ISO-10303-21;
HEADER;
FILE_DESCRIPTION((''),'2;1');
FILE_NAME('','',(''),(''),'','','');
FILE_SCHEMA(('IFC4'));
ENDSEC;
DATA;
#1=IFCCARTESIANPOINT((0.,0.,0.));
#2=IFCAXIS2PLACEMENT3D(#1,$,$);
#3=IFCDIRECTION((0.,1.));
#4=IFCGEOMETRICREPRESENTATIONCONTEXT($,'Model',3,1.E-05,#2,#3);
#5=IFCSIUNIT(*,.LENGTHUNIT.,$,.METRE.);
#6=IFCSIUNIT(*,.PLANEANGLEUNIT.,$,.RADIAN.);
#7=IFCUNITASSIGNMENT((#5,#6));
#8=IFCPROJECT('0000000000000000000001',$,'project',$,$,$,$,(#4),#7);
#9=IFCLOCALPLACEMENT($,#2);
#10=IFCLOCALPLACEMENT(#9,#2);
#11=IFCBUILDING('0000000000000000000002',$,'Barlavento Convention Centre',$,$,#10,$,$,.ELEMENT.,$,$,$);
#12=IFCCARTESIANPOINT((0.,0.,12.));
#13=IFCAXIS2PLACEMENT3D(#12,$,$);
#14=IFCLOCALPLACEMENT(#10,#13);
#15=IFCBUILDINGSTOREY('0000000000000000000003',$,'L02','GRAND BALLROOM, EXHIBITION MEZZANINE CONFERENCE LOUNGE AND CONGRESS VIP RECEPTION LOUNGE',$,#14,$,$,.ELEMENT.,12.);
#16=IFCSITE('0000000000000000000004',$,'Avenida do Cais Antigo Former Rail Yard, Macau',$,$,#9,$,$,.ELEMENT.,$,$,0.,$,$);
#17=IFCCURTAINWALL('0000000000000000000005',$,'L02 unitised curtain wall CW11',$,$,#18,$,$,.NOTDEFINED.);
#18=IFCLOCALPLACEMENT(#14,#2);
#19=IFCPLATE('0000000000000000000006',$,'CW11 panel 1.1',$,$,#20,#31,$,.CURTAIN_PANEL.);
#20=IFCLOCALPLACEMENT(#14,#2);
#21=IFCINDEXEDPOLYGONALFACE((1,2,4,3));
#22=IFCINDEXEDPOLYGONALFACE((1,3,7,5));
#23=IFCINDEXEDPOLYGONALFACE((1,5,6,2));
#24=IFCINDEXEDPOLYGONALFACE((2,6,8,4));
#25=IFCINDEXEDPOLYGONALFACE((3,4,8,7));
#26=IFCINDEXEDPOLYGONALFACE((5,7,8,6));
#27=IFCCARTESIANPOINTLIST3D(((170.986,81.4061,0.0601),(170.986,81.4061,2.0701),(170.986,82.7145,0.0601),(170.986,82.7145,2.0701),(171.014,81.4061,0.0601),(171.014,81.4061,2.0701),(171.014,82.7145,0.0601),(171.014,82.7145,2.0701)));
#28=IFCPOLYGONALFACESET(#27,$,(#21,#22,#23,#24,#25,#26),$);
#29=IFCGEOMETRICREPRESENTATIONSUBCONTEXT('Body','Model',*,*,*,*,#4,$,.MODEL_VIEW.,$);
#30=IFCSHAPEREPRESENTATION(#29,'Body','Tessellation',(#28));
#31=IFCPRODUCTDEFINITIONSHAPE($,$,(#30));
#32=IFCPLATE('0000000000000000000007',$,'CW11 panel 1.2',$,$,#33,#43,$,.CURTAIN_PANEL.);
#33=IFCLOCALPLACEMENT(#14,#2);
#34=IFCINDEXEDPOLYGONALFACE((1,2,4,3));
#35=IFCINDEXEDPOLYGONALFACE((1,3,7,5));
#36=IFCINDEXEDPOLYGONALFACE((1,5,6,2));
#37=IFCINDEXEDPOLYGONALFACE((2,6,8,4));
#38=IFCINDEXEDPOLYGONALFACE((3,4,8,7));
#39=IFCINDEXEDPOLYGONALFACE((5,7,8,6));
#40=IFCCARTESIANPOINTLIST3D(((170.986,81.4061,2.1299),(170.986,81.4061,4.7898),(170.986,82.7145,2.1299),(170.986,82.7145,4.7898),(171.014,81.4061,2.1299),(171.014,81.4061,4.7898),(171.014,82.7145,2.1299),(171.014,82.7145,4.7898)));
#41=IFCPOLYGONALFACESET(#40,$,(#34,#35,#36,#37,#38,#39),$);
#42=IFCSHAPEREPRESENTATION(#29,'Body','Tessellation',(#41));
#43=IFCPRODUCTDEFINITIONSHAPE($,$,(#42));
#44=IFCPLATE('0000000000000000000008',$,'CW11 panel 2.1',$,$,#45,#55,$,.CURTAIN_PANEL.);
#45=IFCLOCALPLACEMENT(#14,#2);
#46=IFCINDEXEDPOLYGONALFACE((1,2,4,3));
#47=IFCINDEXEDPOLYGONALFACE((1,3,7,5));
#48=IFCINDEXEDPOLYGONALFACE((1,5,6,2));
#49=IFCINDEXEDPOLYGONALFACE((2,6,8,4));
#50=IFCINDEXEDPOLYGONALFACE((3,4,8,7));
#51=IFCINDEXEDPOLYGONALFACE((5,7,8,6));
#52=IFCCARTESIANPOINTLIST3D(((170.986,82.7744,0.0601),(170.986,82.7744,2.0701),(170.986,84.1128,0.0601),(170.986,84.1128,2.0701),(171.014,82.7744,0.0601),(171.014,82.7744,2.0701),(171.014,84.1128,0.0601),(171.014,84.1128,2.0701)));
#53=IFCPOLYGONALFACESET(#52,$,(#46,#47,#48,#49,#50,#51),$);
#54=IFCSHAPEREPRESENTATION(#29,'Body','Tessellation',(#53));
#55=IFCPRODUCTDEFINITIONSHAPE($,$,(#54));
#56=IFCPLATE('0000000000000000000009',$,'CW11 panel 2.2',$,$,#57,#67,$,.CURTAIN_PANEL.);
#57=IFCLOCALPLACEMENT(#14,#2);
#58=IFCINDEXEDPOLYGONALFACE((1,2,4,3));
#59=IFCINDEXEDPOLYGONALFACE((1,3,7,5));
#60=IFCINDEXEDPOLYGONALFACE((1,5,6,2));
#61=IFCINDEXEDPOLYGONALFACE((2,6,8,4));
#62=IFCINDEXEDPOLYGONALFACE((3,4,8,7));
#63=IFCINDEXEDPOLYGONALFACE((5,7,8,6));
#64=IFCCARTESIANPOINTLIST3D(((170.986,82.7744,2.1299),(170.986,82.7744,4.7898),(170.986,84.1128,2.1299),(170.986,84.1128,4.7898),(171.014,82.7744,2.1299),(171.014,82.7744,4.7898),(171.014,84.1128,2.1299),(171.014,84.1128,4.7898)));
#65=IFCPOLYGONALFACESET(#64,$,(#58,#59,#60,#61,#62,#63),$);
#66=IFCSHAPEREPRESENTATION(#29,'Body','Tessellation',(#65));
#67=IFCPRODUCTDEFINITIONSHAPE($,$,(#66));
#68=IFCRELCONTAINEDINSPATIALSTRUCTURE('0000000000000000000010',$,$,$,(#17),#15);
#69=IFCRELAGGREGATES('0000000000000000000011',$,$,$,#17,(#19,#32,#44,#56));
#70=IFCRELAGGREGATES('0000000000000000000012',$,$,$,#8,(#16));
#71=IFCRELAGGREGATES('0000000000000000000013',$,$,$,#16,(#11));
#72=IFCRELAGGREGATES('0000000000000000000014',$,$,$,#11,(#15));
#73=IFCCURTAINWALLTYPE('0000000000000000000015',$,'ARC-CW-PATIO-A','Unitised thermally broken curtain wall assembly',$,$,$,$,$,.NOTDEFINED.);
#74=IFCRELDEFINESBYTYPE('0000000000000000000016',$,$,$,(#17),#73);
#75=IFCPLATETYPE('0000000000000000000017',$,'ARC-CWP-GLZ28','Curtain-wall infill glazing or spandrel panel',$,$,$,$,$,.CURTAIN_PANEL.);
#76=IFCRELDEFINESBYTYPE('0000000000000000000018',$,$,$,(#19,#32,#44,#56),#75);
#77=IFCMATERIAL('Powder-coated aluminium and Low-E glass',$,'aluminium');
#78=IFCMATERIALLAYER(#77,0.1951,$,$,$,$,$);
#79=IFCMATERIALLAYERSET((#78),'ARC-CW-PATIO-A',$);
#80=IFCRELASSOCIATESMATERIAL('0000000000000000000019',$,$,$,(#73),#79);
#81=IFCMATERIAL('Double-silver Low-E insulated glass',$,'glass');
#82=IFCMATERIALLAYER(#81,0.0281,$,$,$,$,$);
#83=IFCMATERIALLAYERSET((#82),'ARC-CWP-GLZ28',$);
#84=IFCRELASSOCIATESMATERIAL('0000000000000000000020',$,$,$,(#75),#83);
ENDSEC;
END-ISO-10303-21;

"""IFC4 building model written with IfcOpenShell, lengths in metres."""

from ifc_helpers import new_model, si_unit, direction, frame, origin, origin_2d, place, context, subcontext, project, spatial, rectangle, extrude, material, layer, layer_set, type_object, element, aggregate, save


model = new_model("IFC4")

# Units and contexts
model_context = context("Model", 3, precision=1e-05, world=origin(), true_north=direction((0.0, 1.0)))
body_context = subcontext(model_context, "Body", "Model", "MODEL_VIEW")
ifc_project = project(units=[si_unit("LENGTHUNIT", "METRE"), si_unit("PLANEANGLEUNIT", "RADIAN")], contexts=[model_context])

# Site, building, storey
site_placement = place(None, origin())
site = spatial("IfcSite", under=ifc_project, at=site_placement, Name="Avenida do Cais Antigo Former Rail Yard, Macau", CompositionType="ELEMENT", RefElevation=0.0)
building_placement = place(site_placement, origin())
building = spatial("IfcBuilding", under=site, at=building_placement, Name="Barlavento Convention Centre", CompositionType="ELEMENT")
storey_placement = place(building_placement, frame((0.0, 0.0, 12.0)))
storey = spatial("IfcBuildingStorey", under=building, at=storey_placement, Name="L02", Description="GRAND BALLROOM, EXHIBITION MEZZANINE CONFERENCE LOUNGE AND CONGRESS VIP RECEPTION LOUNGE", CompositionType="ELEMENT", Elevation=12.0)

# Shared definitions
ifc_material_1 = material(Name="Powder-coated aluminium and Low-E glass", Category="aluminium")
ifc_layer_1 = layer(ifc_material_1, 0.1951)
ifc_layer_set_1 = layer_set([ifc_layer_1], Name="ARC-CW-PATIO-A")
curtain_wall_type = type_object("IfcCurtainWallType", Name="ARC-CW-PATIO-A", Description="Unitised thermally broken curtain wall assembly", PredefinedType="NOTDEFINED", material=ifc_layer_set_1)

# Curtain wall
curtain_wall_1_placement = place(storey_placement, origin())
curtain_wall_1 = element("IfcCurtainWall", 1, at=curtain_wall_1_placement, inside=storey, type_object=curtain_wall_type, Name="L02 unitised curtain wall CW11", PredefinedType="NOTDEFINED")

# Plates
ifc_material_2 = material(Name="Double-silver Low-E insulated glass", Category="glass")
ifc_layer_2 = layer(ifc_material_2, 0.0281)
ifc_layer_set_2 = layer_set([ifc_layer_2], Name="ARC-CWP-GLZ28")
plate_type = type_object("IfcPlateType", Name="ARC-CWP-GLZ28", Description="Curtain-wall infill glazing or spandrel panel", PredefinedType="CURTAIN_PANEL", material=ifc_layer_set_2)
plate_1_placement = place(storey_placement, frame((171.0, 82.0603, 0.0601), z_axis=(0.0, 0.0, 1.0), x_axis=(0.0, 1.0, 0.0)))
plate_1 = element("IfcPlate", 2, at=plate_1_placement, type_object=plate_type, Name="CW11 panel 1.1", PredefinedType="CURTAIN_PANEL", context=body_context, shape_type="SweptSolid", body=[
    extrude(rectangle(XDim=1.3083, YDim=0.0281, at=origin_2d()), origin(), (0.0, 0.0, 1.0), 2.01),
])
plate_2_placement = place(storey_placement, frame((171.0, 82.0603, 2.1299), z_axis=(0.0, 0.0, 1.0), x_axis=(0.0, 1.0, 0.0)))
plate_2 = element("IfcPlate", 3, at=plate_2_placement, type_object=plate_type, Name="CW11 panel 1.2", PredefinedType="CURTAIN_PANEL", context=body_context, shape_type="SweptSolid", body=[
    extrude(rectangle(XDim=1.3083, YDim=0.0281, at=origin_2d()), origin(), (0.0, 0.0, 1.0), 2.6599),
])
plate_3_placement = place(storey_placement, frame((171.0, 83.4436, 0.0601), z_axis=(0.0, 0.0, 1.0), x_axis=(0.0, 1.0, 0.0)))
plate_3 = element("IfcPlate", 4, at=plate_3_placement, type_object=plate_type, Name="CW11 panel 2.1", PredefinedType="CURTAIN_PANEL", context=body_context, shape_type="SweptSolid", body=[
    extrude(rectangle(XDim=1.3384, YDim=0.0281, at=origin_2d()), origin(), (0.0, 0.0, 1.0), 2.01),
])
plate_4_placement = place(storey_placement, frame((171.0, 83.4436, 2.1299), z_axis=(0.0, 0.0, 1.0), x_axis=(0.0, 1.0, 0.0)))
plate_4 = element("IfcPlate", 5, at=plate_4_placement, type_object=plate_type, Name="CW11 panel 2.2", PredefinedType="CURTAIN_PANEL", context=body_context, shape_type="SweptSolid", body=[
    extrude(rectangle(XDim=1.3384, YDim=0.0281, at=origin_2d()), origin(), (0.0, 0.0, 1.0), 2.6599),
])
aggregate(curtain_wall_1, [plate_1, plate_2, plate_3, plate_4])

save(model, "model.ifc")
